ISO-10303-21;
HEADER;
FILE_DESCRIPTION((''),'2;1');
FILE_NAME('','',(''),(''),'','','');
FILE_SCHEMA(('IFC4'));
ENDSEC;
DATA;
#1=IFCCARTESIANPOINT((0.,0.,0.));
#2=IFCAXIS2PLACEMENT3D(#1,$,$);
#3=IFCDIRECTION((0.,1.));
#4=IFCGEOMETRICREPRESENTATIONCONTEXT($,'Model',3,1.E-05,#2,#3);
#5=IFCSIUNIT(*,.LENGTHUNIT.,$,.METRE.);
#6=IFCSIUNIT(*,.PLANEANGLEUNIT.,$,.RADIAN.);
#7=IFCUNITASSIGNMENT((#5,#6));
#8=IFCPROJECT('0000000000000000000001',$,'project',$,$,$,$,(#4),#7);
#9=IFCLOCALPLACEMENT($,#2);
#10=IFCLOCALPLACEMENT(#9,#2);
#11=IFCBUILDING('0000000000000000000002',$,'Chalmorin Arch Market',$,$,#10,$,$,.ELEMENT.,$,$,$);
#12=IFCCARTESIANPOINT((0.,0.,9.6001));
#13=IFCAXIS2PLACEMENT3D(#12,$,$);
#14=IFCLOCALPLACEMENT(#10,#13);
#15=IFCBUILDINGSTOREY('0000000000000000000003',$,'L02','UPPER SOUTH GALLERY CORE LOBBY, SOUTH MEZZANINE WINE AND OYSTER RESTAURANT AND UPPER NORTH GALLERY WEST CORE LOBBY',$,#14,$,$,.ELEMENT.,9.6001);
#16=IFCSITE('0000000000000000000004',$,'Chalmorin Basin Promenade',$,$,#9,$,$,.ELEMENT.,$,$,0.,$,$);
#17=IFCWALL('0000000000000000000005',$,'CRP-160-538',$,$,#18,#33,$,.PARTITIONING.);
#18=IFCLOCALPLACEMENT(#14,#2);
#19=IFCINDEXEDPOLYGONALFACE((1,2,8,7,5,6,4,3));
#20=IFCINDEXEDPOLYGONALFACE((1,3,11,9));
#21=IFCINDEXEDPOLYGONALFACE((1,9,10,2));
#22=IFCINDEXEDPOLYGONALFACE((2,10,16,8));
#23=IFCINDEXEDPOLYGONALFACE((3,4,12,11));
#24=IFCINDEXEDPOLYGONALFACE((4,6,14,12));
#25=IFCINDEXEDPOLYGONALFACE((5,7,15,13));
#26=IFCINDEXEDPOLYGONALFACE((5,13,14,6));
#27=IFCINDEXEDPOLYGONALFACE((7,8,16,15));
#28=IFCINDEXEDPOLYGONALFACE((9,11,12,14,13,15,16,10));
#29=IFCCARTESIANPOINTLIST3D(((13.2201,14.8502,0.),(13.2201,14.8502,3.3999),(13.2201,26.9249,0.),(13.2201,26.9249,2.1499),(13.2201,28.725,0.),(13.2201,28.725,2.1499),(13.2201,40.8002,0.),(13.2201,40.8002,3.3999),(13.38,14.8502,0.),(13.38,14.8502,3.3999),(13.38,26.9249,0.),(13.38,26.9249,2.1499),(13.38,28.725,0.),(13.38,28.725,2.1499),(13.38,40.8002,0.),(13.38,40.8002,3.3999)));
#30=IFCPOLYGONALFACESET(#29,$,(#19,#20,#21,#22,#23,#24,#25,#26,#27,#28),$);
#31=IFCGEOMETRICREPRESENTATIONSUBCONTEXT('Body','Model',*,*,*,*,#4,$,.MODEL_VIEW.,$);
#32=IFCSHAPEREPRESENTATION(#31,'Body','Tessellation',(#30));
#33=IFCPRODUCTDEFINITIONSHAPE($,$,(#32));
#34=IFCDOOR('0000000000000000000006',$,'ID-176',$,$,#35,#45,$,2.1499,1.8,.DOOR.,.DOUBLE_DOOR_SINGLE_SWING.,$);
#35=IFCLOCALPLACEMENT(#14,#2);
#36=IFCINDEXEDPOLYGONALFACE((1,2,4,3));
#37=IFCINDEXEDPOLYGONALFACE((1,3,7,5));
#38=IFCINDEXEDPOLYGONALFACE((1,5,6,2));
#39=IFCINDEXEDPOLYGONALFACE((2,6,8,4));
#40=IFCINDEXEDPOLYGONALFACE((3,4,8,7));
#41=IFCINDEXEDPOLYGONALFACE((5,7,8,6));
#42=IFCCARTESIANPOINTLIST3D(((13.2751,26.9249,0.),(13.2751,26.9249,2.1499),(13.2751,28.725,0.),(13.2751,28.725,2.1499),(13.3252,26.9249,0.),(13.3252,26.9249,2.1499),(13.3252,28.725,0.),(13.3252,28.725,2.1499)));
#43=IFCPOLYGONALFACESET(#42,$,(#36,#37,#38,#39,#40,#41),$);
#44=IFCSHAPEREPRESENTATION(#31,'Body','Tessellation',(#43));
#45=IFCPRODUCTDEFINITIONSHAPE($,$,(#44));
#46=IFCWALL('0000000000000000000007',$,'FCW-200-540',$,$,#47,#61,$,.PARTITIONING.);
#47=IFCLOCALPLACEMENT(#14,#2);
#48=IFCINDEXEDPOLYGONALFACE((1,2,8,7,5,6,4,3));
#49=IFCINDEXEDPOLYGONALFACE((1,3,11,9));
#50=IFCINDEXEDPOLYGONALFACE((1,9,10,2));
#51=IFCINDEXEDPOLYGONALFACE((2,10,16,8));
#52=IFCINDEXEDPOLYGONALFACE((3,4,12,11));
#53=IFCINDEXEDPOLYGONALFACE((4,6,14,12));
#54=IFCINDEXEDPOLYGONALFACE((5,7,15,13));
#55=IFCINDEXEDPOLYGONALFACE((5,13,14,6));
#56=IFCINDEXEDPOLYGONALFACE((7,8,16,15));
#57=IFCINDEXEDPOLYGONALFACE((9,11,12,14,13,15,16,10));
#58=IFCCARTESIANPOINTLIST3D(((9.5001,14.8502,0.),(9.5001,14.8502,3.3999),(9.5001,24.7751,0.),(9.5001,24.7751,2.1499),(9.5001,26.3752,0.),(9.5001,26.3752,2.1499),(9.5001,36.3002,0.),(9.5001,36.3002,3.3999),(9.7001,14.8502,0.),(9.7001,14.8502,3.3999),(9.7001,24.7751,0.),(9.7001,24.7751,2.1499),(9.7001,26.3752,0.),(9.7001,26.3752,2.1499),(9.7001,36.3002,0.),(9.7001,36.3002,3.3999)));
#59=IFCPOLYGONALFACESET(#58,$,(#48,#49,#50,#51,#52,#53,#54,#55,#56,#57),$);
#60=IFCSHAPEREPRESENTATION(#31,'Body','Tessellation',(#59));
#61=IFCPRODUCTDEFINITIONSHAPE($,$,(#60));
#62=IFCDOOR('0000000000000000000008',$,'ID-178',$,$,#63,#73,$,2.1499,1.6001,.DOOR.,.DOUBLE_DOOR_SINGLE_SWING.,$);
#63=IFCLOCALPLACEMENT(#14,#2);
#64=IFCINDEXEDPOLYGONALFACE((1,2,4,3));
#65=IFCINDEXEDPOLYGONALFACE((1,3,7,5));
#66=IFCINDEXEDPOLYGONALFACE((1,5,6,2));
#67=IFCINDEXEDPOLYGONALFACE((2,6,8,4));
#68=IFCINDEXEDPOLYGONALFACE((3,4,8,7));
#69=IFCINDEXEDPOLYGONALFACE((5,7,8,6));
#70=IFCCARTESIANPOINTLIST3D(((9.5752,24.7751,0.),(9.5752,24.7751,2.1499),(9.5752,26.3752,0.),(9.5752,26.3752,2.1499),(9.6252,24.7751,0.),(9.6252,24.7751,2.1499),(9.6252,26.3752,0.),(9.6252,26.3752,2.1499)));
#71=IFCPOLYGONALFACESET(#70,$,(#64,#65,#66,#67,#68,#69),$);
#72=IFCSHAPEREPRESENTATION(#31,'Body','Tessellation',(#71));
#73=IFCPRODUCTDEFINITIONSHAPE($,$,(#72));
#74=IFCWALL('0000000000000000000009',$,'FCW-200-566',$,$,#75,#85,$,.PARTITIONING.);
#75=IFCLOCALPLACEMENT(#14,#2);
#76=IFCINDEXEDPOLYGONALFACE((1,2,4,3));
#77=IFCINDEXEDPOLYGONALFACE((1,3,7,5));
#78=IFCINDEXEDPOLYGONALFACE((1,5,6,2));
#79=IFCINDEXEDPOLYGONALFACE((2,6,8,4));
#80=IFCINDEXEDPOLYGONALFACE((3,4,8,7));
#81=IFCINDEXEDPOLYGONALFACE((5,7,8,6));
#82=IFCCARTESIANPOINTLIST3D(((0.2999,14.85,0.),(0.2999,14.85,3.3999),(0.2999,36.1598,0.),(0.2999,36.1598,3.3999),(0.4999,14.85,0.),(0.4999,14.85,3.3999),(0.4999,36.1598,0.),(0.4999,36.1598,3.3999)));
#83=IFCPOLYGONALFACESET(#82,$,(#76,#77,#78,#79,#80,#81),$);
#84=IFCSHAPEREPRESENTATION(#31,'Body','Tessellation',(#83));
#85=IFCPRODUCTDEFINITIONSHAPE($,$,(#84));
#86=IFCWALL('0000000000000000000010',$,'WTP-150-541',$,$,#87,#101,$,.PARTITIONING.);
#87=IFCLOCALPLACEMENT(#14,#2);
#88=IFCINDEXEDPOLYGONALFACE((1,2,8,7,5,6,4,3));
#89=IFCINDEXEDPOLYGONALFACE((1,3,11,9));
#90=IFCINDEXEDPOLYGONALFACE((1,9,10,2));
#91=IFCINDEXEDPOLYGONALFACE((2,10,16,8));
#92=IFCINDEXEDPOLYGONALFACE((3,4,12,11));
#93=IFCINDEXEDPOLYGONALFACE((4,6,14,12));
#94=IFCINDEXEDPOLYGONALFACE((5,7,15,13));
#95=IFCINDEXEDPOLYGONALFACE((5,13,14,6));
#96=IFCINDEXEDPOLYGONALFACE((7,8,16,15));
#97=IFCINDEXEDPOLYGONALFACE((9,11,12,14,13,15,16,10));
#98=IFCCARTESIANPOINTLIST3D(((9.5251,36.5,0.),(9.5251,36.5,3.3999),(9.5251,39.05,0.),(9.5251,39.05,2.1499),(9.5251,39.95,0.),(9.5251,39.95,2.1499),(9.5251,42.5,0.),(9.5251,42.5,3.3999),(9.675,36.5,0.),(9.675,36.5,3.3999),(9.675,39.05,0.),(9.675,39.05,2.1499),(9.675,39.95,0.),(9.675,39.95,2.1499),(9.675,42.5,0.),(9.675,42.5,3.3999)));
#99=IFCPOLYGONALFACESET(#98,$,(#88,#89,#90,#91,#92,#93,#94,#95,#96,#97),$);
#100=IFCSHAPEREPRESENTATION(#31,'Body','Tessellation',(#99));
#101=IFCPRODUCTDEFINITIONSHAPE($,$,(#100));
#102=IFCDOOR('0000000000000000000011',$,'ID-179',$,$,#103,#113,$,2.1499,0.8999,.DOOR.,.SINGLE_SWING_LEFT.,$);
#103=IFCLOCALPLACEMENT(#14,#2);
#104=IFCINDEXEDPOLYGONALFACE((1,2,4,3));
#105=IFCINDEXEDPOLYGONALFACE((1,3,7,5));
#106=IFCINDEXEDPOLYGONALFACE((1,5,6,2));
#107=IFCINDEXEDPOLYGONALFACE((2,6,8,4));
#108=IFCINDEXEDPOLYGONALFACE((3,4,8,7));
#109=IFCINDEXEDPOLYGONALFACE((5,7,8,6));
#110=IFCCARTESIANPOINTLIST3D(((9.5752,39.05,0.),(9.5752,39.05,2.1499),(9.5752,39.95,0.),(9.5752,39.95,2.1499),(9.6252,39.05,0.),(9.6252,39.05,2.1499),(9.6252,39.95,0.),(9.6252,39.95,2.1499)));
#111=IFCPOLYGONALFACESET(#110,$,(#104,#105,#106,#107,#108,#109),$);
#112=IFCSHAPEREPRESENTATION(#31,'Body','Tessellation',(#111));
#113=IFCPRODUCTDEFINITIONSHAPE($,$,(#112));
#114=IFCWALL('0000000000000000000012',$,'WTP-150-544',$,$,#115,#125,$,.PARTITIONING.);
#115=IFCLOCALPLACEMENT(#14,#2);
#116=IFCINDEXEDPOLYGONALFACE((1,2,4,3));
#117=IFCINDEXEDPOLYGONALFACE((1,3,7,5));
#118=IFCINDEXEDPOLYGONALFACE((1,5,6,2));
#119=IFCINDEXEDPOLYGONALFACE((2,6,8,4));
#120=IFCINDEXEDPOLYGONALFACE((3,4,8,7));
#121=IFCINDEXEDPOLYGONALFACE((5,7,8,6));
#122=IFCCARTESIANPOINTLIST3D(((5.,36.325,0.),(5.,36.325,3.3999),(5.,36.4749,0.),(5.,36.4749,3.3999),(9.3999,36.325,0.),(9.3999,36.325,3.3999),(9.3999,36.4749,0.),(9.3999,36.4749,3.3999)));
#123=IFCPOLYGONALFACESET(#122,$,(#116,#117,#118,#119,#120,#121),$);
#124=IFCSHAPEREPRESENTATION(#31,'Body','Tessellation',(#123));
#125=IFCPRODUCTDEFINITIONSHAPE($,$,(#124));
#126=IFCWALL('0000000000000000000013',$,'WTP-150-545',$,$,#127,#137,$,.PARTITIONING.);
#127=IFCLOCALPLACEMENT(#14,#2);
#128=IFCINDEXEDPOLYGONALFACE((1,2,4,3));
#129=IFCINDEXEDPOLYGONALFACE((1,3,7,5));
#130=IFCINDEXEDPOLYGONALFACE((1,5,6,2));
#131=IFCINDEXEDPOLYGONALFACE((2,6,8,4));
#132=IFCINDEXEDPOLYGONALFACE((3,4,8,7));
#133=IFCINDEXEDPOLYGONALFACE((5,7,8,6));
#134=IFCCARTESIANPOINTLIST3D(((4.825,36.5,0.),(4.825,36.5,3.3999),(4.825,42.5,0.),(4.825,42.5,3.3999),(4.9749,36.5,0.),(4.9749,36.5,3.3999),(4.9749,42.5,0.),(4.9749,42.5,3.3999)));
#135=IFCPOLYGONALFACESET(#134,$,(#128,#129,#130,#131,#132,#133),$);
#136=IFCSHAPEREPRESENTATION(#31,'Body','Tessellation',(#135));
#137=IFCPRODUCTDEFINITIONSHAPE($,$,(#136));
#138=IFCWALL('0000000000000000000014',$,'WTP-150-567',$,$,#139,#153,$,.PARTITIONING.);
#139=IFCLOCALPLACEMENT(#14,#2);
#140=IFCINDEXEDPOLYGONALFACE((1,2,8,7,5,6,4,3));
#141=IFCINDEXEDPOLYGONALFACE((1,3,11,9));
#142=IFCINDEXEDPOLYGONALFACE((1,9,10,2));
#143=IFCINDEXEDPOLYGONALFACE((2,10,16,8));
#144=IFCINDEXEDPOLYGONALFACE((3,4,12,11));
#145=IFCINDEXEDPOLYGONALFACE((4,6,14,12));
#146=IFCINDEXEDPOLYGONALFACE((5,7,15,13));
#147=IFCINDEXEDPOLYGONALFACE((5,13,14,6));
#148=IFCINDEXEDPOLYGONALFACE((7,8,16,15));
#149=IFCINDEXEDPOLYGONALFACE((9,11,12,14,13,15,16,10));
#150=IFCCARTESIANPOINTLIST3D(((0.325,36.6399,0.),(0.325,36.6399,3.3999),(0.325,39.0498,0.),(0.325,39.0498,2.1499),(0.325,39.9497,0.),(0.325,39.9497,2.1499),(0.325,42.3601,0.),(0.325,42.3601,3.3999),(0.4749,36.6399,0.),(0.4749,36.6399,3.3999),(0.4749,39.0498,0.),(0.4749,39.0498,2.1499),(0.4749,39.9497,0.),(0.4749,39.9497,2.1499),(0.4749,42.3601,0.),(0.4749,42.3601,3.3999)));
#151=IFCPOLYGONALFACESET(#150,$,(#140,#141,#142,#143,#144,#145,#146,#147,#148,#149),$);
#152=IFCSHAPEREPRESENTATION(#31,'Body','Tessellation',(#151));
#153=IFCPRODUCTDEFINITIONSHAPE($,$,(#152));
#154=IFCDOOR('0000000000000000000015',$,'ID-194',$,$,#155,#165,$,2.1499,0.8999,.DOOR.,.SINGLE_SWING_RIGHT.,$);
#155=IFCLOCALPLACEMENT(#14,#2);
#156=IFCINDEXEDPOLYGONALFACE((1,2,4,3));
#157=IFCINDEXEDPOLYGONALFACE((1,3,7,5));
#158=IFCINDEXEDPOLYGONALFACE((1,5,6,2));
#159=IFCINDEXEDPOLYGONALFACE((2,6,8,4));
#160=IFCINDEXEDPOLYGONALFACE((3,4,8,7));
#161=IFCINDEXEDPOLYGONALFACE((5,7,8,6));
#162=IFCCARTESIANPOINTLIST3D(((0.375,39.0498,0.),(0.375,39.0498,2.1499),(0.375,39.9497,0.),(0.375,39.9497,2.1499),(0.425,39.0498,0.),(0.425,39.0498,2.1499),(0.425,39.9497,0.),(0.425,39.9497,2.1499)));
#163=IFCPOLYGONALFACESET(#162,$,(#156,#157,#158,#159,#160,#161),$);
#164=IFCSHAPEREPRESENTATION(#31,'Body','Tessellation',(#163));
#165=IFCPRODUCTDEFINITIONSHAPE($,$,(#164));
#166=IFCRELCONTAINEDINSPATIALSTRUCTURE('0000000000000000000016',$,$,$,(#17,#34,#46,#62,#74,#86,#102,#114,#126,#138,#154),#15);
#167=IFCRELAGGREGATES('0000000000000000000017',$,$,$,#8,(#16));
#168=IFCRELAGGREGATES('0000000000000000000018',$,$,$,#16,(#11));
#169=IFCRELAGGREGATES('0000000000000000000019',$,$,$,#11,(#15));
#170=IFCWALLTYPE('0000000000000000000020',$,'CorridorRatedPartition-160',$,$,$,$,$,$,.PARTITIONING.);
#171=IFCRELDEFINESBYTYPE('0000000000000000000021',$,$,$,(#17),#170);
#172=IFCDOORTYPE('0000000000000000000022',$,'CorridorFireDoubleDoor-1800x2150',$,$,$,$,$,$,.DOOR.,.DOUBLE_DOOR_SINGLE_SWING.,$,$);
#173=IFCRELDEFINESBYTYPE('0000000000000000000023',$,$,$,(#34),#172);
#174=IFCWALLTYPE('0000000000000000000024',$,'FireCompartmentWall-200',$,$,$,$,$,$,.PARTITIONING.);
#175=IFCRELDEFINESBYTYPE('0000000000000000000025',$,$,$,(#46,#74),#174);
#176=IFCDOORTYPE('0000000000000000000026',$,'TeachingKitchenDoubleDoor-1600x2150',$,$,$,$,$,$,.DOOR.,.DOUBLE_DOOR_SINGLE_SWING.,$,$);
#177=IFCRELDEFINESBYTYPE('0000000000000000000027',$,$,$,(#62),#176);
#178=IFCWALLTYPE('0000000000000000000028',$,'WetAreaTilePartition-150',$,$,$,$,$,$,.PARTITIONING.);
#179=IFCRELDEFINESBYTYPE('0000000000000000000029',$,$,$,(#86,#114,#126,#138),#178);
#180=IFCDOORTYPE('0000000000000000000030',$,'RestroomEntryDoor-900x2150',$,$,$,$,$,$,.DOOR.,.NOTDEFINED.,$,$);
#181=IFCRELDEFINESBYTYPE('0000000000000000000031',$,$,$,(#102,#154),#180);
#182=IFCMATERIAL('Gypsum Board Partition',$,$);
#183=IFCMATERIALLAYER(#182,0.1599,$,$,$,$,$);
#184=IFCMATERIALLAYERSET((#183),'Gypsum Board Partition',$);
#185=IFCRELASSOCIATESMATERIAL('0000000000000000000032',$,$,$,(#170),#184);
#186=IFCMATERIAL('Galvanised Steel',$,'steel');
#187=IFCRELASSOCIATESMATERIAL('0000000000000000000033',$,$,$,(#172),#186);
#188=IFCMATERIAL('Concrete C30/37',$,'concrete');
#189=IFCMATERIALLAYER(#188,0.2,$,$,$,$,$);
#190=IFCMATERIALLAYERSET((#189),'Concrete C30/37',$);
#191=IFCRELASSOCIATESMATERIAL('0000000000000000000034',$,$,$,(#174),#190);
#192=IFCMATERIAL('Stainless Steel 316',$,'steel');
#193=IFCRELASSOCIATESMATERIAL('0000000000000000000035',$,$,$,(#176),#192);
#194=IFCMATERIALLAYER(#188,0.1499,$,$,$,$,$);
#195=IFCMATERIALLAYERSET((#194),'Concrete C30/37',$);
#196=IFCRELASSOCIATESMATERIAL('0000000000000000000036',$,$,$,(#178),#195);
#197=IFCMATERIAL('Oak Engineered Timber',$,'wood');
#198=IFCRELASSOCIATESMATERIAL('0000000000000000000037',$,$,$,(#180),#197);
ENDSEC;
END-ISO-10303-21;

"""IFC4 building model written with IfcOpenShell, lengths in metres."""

from ifc_helpers import new_model, si_unit, direction, frame, frame_2d, origin, place, context, subcontext, project, spatial, rectangle, extrude, material, layer, layer_set, type_object, element, fill, save


model = new_model("IFC4")

# Units and contexts
model_context = context("Model", 3, precision=1e-05, world=origin(), true_north=direction((0.0, 1.0)))
body_context = subcontext(model_context, "Body", "Model", "MODEL_VIEW")
ifc_project = project(units=[si_unit("LENGTHUNIT", "METRE"), si_unit("PLANEANGLEUNIT", "RADIAN")], contexts=[model_context])

# Site, building, storey
site_placement = place(None, origin())
site = spatial("IfcSite", under=ifc_project, at=site_placement, Name="Chalmorin Basin Promenade", CompositionType="ELEMENT", RefElevation=0.0)
building_placement = place(site_placement, origin())
building = spatial("IfcBuilding", under=site, at=building_placement, Name="Chalmorin Arch Market", CompositionType="ELEMENT")
storey_placement = place(building_placement, frame((0.0, 0.0, 9.6001)))
storey = spatial("IfcBuildingStorey", under=building, at=storey_placement, Name="L02", Description="UPPER SOUTH GALLERY CORE LOBBY, SOUTH MEZZANINE WINE AND OYSTER RESTAURANT AND UPPER NORTH GALLERY WEST CORE LOBBY", CompositionType="ELEMENT", Elevation=9.6001)

# Walls, openings, doors
ifc_material_1 = material(Name="Gypsum Board Partition")
ifc_layer_1 = layer(ifc_material_1, 0.1599)
ifc_layer_set_1 = layer_set([ifc_layer_1], Name="Gypsum Board Partition")
wall_type_1 = type_object("IfcWallType", Name="CorridorRatedPartition-160", PredefinedType="PARTITIONING", material=ifc_layer_set_1)
wall_1_placement = place(storey_placement, frame((13.3, 14.8501, 0.0), z_axis=(0.0, 0.0, 1.0), x_axis=(0.0, 1.0, 0.0)))
wall_1 = element("IfcWall", 1, at=wall_1_placement, inside=storey, type_object=wall_type_1, Name="CRP-160-538", PredefinedType="PARTITIONING", context=body_context, shape_type="SweptSolid", body=[
    extrude(rectangle(XDim=25.95, YDim=0.1599, at=frame_2d((12.9751, 0.0))), origin(), (0.0, 0.0, 1.0), 3.3999),
])
opening_1_placement = place(wall_1_placement, frame((12.075, 0.0, 0.0)))
opening_1 = element("IfcOpeningElement", 2, at=opening_1_placement, cuts=wall_1, PredefinedType="OPENING", context=body_context, shape_type="SweptSolid", body=[
    extrude(rectangle(XDim=1.8, YDim=2.1499, at=frame_2d((0.8999, 1.075))), frame((0.0, 0.0898, 0.0), z_axis=(0.0, -1.0, 0.0), x_axis=(1.0, 0.0, 0.0)), (0.0, 0.0, 1.0), 0.1799),
])
ifc_material_2 = material(Name="Galvanised Steel", Category="steel")
door_type_1 = type_object("IfcDoorType", Name="CorridorFireDoubleDoor-1800x2150", OperationType="DOUBLE_DOOR_SINGLE_SWING", PredefinedType="DOOR", material=ifc_material_2)
door_1_placement = place(opening_1_placement, origin())
door_1 = element("IfcDoor", 3, at=door_1_placement, inside=storey, type_object=door_type_1, Name="ID-176", OperationType="DOUBLE_DOOR_SINGLE_SWING", OverallHeight=2.1499, OverallWidth=1.8, PredefinedType="DOOR", context=body_context, shape_type="SweptSolid", body=[
    extrude(rectangle(XDim=1.8, YDim=2.1499, at=frame_2d((0.8999, 1.075))), frame((0.0, 0.0249, 0.0), z_axis=(0.0, -1.0, 0.0), x_axis=(1.0, 0.0, 0.0)), (0.0, 0.0, 1.0), 0.05),
])
fill(opening_1, door_1)
ifc_material_3 = material(Name="Concrete C30/37", Category="concrete")
ifc_layer_2 = layer(ifc_material_3, 0.2)
ifc_layer_set_2 = layer_set([ifc_layer_2], Name="Concrete C30/37")
wall_type_2 = type_object("IfcWallType", Name="FireCompartmentWall-200", PredefinedType="PARTITIONING", material=ifc_layer_set_2)
wall_2_placement = place(storey_placement, frame((9.6001, 14.8501, 0.0), z_axis=(0.0, 0.0, 1.0), x_axis=(0.0, 1.0, 0.0)))
wall_2 = element("IfcWall", 4, at=wall_2_placement, inside=storey, type_object=wall_type_2, Name="FCW-200-540", PredefinedType="PARTITIONING", context=body_context, shape_type="SweptSolid", body=[
    extrude(rectangle(XDim=21.45, YDim=0.2, at=frame_2d((10.7251, 0.0))), origin(), (0.0, 0.0, 1.0), 3.3999),
])
opening_2_placement = place(wall_2_placement, frame((9.925, 0.0, 0.0)))
opening_2 = element("IfcOpeningElement", 5, at=opening_2_placement, cuts=wall_2, PredefinedType="OPENING", context=body_context, shape_type="SweptSolid", body=[
    extrude(rectangle(XDim=1.6001, YDim=2.1499, at=frame_2d((0.8, 1.075))), frame((0.0, 0.1099, 0.0), z_axis=(0.0, -1.0, 0.0), x_axis=(1.0, 0.0, 0.0)), (0.0, 0.0, 1.0), 0.22),
])
ifc_material_4 = material(Name="Stainless Steel 316", Category="steel")
door_type_2 = type_object("IfcDoorType", Name="TeachingKitchenDoubleDoor-1600x2150", OperationType="DOUBLE_DOOR_SINGLE_SWING", PredefinedType="DOOR", material=ifc_material_4)
door_2_placement = place(opening_2_placement, origin())
door_2 = element("IfcDoor", 6, at=door_2_placement, inside=storey, type_object=door_type_2, Name="ID-178", OperationType="DOUBLE_DOOR_SINGLE_SWING", OverallHeight=2.1499, OverallWidth=1.6001, PredefinedType="DOOR", context=body_context, shape_type="SweptSolid", body=[
    extrude(rectangle(XDim=1.6001, YDim=2.1499, at=frame_2d((0.8, 1.075))), frame((0.0, 0.0249, 0.0), z_axis=(0.0, -1.0, 0.0), x_axis=(1.0, 0.0, 0.0)), (0.0, 0.0, 1.0), 0.05),
])
fill(opening_2, door_2)

# Wall
wall_3_placement = place(storey_placement, frame((0.3999, 14.8501, 0.0), z_axis=(0.0, 0.0, 1.0), x_axis=(0.0, 1.0, 0.0)))
element("IfcWall", 7, at=wall_3_placement, inside=storey, type_object=wall_type_2, Name="FCW-200-566", PredefinedType="PARTITIONING", context=body_context, shape_type="SweptSolid", body=[
    extrude(rectangle(XDim=21.3098, YDim=0.2, at=frame_2d((10.6548, 0.0))), origin(), (0.0, 0.0, 1.0), 3.3999),
])

# Wall, opening, door
ifc_layer_3 = layer(ifc_material_3, 0.1499)
ifc_layer_set_3 = layer_set([ifc_layer_3], Name="Concrete C30/37")
wall_type_3 = type_object("IfcWallType", Name="WetAreaTilePartition-150", PredefinedType="PARTITIONING", material=ifc_layer_set_3)
wall_4_placement = place(storey_placement, frame((9.6001, 36.5, 0.0), z_axis=(0.0, 0.0, 1.0), x_axis=(0.0, 1.0, 0.0)))
wall_4 = element("IfcWall", 8, at=wall_4_placement, inside=storey, type_object=wall_type_3, Name="WTP-150-541", PredefinedType="PARTITIONING", context=body_context, shape_type="SweptSolid", body=[
    extrude(rectangle(XDim=6.0, YDim=0.1499, at=frame_2d((3.0, 0.0))), origin(), (0.0, 0.0, 1.0), 3.3999),
])
opening_3_placement = place(wall_4_placement, frame((2.55, 0.0, 0.0)))
opening_3 = element("IfcOpeningElement", 9, at=opening_3_placement, cuts=wall_4, PredefinedType="OPENING", context=body_context, shape_type="SweptSolid", body=[
    extrude(rectangle(XDim=0.8999, YDim=2.1499, at=frame_2d((0.45, 1.075))), frame((0.0, 0.085, 0.0), z_axis=(0.0, -1.0, 0.0), x_axis=(1.0, 0.0, 0.0)), (0.0, 0.0, 1.0), 0.1699),
])
ifc_material_5 = material(Name="Oak Engineered Timber", Category="wood")
door_type_3 = type_object("IfcDoorType", Name="RestroomEntryDoor-900x2150", OperationType="NOTDEFINED", PredefinedType="DOOR", material=ifc_material_5)
door_3_placement = place(opening_3_placement, origin())
door_3 = element("IfcDoor", 10, at=door_3_placement, inside=storey, type_object=door_type_3, Name="ID-179", OperationType="SINGLE_SWING_LEFT", OverallHeight=2.1499, OverallWidth=0.8999, PredefinedType="DOOR", context=body_context, shape_type="SweptSolid", body=[
    extrude(rectangle(XDim=0.8999, YDim=2.1499, at=frame_2d((0.45, 1.075))), frame((0.0, 0.0249, 0.0), z_axis=(0.0, -1.0, 0.0), x_axis=(1.0, 0.0, 0.0)), (0.0, 0.0, 1.0), 0.05),
])
fill(opening_3, door_3)

# Walls
wall_5_placement = place(storey_placement, frame((5.0, 36.3999, 0.0), z_axis=(0.0, 0.0, 1.0), x_axis=(1.0, 0.0, 0.0)))
element("IfcWall", 11, at=wall_5_placement, inside=storey, type_object=wall_type_3, Name="WTP-150-544", PredefinedType="PARTITIONING", context=body_context, shape_type="SweptSolid", body=[
    extrude(rectangle(XDim=4.3999, YDim=0.1499, at=frame_2d((2.2, 0.0))), origin(), (0.0, 0.0, 1.0), 3.3999),
])
wall_6_placement = place(storey_placement, frame((4.8999, 36.5, 0.0), z_axis=(0.0, 0.0, 1.0), x_axis=(0.0, 1.0, 0.0)))
element("IfcWall", 12, at=wall_6_placement, inside=storey, type_object=wall_type_3, Name="WTP-150-545", PredefinedType="PARTITIONING", context=body_context, shape_type="SweptSolid", body=[
    extrude(rectangle(XDim=6.0, YDim=0.1499, at=frame_2d((3.0, 0.0))), origin(), (0.0, 0.0, 1.0), 3.3999),
])

# Wall, opening, door
wall_7_placement = place(storey_placement, frame((0.3999, 36.6399, 0.0), z_axis=(0.0, 0.0, 1.0), x_axis=(0.0, 1.0, 0.0)))
wall_7 = element("IfcWall", 13, at=wall_7_placement, inside=storey, type_object=wall_type_3, Name="WTP-150-567", PredefinedType="PARTITIONING", context=body_context, shape_type="SweptSolid", body=[
    extrude(rectangle(XDim=5.7202, YDim=0.1499, at=frame_2d((2.8601, 0.0))), origin(), (0.0, 0.0, 1.0), 3.3999),
])
opening_4_placement = place(wall_7_placement, frame((2.4099, 0.0, 0.0)))
opening_4 = element("IfcOpeningElement", 14, at=opening_4_placement, cuts=wall_7, PredefinedType="OPENING", context=body_context, shape_type="SweptSolid", body=[
    extrude(rectangle(XDim=0.8999, YDim=2.1499, at=frame_2d((0.45, 1.075))), frame((0.0, 0.085, 0.0), z_axis=(0.0, -1.0, 0.0), x_axis=(1.0, 0.0, 0.0)), (0.0, 0.0, 1.0), 0.1699),
])
door_4_placement = place(opening_4_placement, origin())
door_4 = element("IfcDoor", 15, at=door_4_placement, inside=storey, type_object=door_type_3, Name="ID-194", OperationType="SINGLE_SWING_RIGHT", OverallHeight=2.1499, OverallWidth=0.8999, PredefinedType="DOOR", context=body_context, shape_type="SweptSolid", body=[
    extrude(rectangle(XDim=0.8999, YDim=2.1499, at=frame_2d((0.45, 1.075))), frame((0.0, 0.0249, 0.0), z_axis=(0.0, -1.0, 0.0), x_axis=(1.0, 0.0, 0.0)), (0.0, 0.0, 1.0), 0.05),
])
fill(opening_4, door_4)

save(model, "model.ifc")
